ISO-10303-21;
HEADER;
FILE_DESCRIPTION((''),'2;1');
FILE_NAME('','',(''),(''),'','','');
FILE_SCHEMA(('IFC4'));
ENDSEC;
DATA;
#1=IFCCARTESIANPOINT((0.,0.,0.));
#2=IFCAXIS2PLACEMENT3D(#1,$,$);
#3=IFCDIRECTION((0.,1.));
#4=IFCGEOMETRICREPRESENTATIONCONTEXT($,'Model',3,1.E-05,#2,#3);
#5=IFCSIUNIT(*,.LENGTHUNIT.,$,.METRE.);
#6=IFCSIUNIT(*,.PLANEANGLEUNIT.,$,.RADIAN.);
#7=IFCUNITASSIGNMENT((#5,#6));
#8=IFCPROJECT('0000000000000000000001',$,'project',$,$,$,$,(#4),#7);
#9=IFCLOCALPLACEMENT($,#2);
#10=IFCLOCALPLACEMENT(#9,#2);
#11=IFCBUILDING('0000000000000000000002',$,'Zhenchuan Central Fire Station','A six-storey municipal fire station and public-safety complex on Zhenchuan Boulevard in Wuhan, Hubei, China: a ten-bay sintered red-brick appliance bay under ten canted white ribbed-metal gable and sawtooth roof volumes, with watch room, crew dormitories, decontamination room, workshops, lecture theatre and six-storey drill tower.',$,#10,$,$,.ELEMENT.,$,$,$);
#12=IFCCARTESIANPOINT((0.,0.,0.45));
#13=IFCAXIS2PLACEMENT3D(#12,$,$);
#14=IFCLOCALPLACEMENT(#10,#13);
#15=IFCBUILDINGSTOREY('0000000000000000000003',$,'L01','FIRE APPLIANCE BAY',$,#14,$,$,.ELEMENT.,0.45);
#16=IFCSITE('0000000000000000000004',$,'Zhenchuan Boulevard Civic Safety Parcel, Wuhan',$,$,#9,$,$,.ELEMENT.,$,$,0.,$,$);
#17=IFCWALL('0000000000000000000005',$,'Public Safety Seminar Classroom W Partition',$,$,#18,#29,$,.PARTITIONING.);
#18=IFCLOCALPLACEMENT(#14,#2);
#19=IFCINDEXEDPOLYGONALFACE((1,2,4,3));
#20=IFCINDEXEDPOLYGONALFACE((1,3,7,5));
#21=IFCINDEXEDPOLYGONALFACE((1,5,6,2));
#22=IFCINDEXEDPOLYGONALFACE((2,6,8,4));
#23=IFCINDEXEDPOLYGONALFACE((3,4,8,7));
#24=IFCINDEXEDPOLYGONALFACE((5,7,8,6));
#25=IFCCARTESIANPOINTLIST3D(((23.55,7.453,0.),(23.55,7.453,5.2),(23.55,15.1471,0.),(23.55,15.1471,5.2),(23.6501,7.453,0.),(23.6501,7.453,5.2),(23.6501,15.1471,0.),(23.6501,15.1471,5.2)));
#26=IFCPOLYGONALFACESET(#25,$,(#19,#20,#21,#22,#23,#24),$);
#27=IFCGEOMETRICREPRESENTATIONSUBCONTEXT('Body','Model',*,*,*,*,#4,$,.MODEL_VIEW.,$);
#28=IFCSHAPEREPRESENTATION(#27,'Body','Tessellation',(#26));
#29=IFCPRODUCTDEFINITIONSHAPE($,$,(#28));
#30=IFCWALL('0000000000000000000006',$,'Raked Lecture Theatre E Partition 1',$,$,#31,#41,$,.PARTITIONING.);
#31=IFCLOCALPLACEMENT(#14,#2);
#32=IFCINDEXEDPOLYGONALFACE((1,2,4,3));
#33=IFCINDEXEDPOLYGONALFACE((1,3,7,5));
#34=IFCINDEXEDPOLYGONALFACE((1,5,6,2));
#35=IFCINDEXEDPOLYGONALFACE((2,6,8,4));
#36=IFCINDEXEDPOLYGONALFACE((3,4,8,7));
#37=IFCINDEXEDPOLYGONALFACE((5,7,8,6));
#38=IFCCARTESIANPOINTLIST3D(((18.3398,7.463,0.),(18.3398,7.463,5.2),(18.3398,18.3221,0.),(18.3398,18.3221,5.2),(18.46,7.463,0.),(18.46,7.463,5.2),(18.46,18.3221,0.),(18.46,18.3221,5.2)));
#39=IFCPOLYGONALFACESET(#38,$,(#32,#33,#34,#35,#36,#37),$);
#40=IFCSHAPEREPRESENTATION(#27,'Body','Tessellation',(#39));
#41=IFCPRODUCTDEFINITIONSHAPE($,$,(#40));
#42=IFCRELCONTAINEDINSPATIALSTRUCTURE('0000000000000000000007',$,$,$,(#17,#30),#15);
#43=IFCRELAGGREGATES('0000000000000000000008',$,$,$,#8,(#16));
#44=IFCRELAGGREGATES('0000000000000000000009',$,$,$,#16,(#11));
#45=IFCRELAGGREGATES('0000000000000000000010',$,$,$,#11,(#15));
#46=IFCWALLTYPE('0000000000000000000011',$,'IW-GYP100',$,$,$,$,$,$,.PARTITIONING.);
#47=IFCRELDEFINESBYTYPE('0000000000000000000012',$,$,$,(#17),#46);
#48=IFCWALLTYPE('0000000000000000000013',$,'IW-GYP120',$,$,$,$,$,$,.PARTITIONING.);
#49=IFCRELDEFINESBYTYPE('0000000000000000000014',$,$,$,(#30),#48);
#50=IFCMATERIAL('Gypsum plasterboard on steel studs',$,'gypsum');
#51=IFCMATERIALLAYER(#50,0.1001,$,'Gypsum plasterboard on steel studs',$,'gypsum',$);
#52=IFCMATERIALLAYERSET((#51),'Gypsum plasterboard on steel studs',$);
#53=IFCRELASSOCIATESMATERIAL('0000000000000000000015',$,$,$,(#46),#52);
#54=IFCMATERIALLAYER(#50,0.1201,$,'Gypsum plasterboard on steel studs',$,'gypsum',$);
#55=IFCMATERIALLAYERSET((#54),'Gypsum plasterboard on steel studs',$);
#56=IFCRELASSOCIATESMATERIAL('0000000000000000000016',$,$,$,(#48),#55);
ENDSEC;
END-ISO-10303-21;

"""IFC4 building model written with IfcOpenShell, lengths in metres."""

from ifc_helpers import new_model, si_unit, direction, frame, frame_2d, origin, place, context, subcontext, project, spatial, rectangle, extrude, material, layer, layer_set, type_object, element, save


model = new_model("IFC4")

# Units and contexts
model_context = context("Model", 3, precision=1e-05, world=origin(), true_north=direction((0.0, 1.0)))
body_context = subcontext(model_context, "Body", "Model", "MODEL_VIEW")
ifc_project = project(units=[si_unit("LENGTHUNIT", "METRE"), si_unit("PLANEANGLEUNIT", "RADIAN")], contexts=[model_context])

# Site, building, storey
site_placement = place(None, origin())
site = spatial("IfcSite", under=ifc_project, at=site_placement, Name="Zhenchuan Boulevard Civic Safety Parcel, Wuhan", CompositionType="ELEMENT", RefElevation=0.0)
building_placement = place(site_placement, origin())
building = spatial("IfcBuilding", under=site, at=building_placement, Name="Zhenchuan Central Fire Station", Description="A six-storey municipal fire station and public-safety complex on Zhenchuan Boulevard in Wuhan, Hubei, China: a ten-bay sintered red-brick appliance bay under ten canted white ribbed-metal gable and sawtooth roof volumes, with watch room, crew dormitories, decontamination room, workshops, lecture theatre and six-storey drill tower.", CompositionType="ELEMENT")
storey_placement = place(building_placement, frame((0.0, 0.0, 0.45)))
storey = spatial("IfcBuildingStorey", under=building, at=storey_placement, Name="L01", Description="FIRE APPLIANCE BAY", CompositionType="ELEMENT", Elevation=0.45)

# Shared definitions
ifc_material_1 = material(Name="Gypsum plasterboard on steel studs", Category="gypsum")
ifc_layer_1 = layer(ifc_material_1, 0.1001, Name="Gypsum plasterboard on steel studs", Category="gypsum")
ifc_layer_set_1 = layer_set([ifc_layer_1], Name="Gypsum plasterboard on steel studs")
wall_type_1 = type_object("IfcWallType", Name="IW-GYP100", PredefinedType="PARTITIONING", material=ifc_layer_set_1)

# Walls
wall_1_placement = place(storey_placement, frame((23.6001, 7.4529, 0.0), z_axis=(0.0, 0.0, 1.0), x_axis=(0.0, 1.0, 0.0)))
element("IfcWall", 1, at=wall_1_placement, inside=storey, type_object=wall_type_1, Name="Public Safety Seminar Classroom W Partition", PredefinedType="PARTITIONING", context=body_context, shape_type="SweptSolid", body=[
    extrude(rectangle(XDim=7.6941, YDim=0.1001, at=frame_2d((3.8472, 0.0))), origin(), (0.0, 0.0, 1.0), 5.2),
])
ifc_layer_2 = layer(ifc_material_1, 0.1201, Name="Gypsum plasterboard on steel studs", Category="gypsum")
ifc_layer_set_2 = layer_set([ifc_layer_2], Name="Gypsum plasterboard on steel studs")
wall_type_2 = type_object("IfcWallType", Name="IW-GYP120", PredefinedType="PARTITIONING", material=ifc_layer_set_2)
wall_2_placement = place(storey_placement, frame((18.3999, 7.4629, 0.0), z_axis=(0.0, 0.0, 1.0), x_axis=(0.0, 1.0, 0.0)))
element("IfcWall", 2, at=wall_2_placement, inside=storey, type_object=wall_type_2, Name="Raked Lecture Theatre E Partition 1", PredefinedType="PARTITIONING", context=body_context, shape_type="SweptSolid", body=[
    extrude(rectangle(XDim=10.8591, YDim=0.1201, at=frame_2d((5.4297, 0.0))), origin(), (0.0, 0.0, 1.0), 5.2),
])

save(model, "model.ifc")
